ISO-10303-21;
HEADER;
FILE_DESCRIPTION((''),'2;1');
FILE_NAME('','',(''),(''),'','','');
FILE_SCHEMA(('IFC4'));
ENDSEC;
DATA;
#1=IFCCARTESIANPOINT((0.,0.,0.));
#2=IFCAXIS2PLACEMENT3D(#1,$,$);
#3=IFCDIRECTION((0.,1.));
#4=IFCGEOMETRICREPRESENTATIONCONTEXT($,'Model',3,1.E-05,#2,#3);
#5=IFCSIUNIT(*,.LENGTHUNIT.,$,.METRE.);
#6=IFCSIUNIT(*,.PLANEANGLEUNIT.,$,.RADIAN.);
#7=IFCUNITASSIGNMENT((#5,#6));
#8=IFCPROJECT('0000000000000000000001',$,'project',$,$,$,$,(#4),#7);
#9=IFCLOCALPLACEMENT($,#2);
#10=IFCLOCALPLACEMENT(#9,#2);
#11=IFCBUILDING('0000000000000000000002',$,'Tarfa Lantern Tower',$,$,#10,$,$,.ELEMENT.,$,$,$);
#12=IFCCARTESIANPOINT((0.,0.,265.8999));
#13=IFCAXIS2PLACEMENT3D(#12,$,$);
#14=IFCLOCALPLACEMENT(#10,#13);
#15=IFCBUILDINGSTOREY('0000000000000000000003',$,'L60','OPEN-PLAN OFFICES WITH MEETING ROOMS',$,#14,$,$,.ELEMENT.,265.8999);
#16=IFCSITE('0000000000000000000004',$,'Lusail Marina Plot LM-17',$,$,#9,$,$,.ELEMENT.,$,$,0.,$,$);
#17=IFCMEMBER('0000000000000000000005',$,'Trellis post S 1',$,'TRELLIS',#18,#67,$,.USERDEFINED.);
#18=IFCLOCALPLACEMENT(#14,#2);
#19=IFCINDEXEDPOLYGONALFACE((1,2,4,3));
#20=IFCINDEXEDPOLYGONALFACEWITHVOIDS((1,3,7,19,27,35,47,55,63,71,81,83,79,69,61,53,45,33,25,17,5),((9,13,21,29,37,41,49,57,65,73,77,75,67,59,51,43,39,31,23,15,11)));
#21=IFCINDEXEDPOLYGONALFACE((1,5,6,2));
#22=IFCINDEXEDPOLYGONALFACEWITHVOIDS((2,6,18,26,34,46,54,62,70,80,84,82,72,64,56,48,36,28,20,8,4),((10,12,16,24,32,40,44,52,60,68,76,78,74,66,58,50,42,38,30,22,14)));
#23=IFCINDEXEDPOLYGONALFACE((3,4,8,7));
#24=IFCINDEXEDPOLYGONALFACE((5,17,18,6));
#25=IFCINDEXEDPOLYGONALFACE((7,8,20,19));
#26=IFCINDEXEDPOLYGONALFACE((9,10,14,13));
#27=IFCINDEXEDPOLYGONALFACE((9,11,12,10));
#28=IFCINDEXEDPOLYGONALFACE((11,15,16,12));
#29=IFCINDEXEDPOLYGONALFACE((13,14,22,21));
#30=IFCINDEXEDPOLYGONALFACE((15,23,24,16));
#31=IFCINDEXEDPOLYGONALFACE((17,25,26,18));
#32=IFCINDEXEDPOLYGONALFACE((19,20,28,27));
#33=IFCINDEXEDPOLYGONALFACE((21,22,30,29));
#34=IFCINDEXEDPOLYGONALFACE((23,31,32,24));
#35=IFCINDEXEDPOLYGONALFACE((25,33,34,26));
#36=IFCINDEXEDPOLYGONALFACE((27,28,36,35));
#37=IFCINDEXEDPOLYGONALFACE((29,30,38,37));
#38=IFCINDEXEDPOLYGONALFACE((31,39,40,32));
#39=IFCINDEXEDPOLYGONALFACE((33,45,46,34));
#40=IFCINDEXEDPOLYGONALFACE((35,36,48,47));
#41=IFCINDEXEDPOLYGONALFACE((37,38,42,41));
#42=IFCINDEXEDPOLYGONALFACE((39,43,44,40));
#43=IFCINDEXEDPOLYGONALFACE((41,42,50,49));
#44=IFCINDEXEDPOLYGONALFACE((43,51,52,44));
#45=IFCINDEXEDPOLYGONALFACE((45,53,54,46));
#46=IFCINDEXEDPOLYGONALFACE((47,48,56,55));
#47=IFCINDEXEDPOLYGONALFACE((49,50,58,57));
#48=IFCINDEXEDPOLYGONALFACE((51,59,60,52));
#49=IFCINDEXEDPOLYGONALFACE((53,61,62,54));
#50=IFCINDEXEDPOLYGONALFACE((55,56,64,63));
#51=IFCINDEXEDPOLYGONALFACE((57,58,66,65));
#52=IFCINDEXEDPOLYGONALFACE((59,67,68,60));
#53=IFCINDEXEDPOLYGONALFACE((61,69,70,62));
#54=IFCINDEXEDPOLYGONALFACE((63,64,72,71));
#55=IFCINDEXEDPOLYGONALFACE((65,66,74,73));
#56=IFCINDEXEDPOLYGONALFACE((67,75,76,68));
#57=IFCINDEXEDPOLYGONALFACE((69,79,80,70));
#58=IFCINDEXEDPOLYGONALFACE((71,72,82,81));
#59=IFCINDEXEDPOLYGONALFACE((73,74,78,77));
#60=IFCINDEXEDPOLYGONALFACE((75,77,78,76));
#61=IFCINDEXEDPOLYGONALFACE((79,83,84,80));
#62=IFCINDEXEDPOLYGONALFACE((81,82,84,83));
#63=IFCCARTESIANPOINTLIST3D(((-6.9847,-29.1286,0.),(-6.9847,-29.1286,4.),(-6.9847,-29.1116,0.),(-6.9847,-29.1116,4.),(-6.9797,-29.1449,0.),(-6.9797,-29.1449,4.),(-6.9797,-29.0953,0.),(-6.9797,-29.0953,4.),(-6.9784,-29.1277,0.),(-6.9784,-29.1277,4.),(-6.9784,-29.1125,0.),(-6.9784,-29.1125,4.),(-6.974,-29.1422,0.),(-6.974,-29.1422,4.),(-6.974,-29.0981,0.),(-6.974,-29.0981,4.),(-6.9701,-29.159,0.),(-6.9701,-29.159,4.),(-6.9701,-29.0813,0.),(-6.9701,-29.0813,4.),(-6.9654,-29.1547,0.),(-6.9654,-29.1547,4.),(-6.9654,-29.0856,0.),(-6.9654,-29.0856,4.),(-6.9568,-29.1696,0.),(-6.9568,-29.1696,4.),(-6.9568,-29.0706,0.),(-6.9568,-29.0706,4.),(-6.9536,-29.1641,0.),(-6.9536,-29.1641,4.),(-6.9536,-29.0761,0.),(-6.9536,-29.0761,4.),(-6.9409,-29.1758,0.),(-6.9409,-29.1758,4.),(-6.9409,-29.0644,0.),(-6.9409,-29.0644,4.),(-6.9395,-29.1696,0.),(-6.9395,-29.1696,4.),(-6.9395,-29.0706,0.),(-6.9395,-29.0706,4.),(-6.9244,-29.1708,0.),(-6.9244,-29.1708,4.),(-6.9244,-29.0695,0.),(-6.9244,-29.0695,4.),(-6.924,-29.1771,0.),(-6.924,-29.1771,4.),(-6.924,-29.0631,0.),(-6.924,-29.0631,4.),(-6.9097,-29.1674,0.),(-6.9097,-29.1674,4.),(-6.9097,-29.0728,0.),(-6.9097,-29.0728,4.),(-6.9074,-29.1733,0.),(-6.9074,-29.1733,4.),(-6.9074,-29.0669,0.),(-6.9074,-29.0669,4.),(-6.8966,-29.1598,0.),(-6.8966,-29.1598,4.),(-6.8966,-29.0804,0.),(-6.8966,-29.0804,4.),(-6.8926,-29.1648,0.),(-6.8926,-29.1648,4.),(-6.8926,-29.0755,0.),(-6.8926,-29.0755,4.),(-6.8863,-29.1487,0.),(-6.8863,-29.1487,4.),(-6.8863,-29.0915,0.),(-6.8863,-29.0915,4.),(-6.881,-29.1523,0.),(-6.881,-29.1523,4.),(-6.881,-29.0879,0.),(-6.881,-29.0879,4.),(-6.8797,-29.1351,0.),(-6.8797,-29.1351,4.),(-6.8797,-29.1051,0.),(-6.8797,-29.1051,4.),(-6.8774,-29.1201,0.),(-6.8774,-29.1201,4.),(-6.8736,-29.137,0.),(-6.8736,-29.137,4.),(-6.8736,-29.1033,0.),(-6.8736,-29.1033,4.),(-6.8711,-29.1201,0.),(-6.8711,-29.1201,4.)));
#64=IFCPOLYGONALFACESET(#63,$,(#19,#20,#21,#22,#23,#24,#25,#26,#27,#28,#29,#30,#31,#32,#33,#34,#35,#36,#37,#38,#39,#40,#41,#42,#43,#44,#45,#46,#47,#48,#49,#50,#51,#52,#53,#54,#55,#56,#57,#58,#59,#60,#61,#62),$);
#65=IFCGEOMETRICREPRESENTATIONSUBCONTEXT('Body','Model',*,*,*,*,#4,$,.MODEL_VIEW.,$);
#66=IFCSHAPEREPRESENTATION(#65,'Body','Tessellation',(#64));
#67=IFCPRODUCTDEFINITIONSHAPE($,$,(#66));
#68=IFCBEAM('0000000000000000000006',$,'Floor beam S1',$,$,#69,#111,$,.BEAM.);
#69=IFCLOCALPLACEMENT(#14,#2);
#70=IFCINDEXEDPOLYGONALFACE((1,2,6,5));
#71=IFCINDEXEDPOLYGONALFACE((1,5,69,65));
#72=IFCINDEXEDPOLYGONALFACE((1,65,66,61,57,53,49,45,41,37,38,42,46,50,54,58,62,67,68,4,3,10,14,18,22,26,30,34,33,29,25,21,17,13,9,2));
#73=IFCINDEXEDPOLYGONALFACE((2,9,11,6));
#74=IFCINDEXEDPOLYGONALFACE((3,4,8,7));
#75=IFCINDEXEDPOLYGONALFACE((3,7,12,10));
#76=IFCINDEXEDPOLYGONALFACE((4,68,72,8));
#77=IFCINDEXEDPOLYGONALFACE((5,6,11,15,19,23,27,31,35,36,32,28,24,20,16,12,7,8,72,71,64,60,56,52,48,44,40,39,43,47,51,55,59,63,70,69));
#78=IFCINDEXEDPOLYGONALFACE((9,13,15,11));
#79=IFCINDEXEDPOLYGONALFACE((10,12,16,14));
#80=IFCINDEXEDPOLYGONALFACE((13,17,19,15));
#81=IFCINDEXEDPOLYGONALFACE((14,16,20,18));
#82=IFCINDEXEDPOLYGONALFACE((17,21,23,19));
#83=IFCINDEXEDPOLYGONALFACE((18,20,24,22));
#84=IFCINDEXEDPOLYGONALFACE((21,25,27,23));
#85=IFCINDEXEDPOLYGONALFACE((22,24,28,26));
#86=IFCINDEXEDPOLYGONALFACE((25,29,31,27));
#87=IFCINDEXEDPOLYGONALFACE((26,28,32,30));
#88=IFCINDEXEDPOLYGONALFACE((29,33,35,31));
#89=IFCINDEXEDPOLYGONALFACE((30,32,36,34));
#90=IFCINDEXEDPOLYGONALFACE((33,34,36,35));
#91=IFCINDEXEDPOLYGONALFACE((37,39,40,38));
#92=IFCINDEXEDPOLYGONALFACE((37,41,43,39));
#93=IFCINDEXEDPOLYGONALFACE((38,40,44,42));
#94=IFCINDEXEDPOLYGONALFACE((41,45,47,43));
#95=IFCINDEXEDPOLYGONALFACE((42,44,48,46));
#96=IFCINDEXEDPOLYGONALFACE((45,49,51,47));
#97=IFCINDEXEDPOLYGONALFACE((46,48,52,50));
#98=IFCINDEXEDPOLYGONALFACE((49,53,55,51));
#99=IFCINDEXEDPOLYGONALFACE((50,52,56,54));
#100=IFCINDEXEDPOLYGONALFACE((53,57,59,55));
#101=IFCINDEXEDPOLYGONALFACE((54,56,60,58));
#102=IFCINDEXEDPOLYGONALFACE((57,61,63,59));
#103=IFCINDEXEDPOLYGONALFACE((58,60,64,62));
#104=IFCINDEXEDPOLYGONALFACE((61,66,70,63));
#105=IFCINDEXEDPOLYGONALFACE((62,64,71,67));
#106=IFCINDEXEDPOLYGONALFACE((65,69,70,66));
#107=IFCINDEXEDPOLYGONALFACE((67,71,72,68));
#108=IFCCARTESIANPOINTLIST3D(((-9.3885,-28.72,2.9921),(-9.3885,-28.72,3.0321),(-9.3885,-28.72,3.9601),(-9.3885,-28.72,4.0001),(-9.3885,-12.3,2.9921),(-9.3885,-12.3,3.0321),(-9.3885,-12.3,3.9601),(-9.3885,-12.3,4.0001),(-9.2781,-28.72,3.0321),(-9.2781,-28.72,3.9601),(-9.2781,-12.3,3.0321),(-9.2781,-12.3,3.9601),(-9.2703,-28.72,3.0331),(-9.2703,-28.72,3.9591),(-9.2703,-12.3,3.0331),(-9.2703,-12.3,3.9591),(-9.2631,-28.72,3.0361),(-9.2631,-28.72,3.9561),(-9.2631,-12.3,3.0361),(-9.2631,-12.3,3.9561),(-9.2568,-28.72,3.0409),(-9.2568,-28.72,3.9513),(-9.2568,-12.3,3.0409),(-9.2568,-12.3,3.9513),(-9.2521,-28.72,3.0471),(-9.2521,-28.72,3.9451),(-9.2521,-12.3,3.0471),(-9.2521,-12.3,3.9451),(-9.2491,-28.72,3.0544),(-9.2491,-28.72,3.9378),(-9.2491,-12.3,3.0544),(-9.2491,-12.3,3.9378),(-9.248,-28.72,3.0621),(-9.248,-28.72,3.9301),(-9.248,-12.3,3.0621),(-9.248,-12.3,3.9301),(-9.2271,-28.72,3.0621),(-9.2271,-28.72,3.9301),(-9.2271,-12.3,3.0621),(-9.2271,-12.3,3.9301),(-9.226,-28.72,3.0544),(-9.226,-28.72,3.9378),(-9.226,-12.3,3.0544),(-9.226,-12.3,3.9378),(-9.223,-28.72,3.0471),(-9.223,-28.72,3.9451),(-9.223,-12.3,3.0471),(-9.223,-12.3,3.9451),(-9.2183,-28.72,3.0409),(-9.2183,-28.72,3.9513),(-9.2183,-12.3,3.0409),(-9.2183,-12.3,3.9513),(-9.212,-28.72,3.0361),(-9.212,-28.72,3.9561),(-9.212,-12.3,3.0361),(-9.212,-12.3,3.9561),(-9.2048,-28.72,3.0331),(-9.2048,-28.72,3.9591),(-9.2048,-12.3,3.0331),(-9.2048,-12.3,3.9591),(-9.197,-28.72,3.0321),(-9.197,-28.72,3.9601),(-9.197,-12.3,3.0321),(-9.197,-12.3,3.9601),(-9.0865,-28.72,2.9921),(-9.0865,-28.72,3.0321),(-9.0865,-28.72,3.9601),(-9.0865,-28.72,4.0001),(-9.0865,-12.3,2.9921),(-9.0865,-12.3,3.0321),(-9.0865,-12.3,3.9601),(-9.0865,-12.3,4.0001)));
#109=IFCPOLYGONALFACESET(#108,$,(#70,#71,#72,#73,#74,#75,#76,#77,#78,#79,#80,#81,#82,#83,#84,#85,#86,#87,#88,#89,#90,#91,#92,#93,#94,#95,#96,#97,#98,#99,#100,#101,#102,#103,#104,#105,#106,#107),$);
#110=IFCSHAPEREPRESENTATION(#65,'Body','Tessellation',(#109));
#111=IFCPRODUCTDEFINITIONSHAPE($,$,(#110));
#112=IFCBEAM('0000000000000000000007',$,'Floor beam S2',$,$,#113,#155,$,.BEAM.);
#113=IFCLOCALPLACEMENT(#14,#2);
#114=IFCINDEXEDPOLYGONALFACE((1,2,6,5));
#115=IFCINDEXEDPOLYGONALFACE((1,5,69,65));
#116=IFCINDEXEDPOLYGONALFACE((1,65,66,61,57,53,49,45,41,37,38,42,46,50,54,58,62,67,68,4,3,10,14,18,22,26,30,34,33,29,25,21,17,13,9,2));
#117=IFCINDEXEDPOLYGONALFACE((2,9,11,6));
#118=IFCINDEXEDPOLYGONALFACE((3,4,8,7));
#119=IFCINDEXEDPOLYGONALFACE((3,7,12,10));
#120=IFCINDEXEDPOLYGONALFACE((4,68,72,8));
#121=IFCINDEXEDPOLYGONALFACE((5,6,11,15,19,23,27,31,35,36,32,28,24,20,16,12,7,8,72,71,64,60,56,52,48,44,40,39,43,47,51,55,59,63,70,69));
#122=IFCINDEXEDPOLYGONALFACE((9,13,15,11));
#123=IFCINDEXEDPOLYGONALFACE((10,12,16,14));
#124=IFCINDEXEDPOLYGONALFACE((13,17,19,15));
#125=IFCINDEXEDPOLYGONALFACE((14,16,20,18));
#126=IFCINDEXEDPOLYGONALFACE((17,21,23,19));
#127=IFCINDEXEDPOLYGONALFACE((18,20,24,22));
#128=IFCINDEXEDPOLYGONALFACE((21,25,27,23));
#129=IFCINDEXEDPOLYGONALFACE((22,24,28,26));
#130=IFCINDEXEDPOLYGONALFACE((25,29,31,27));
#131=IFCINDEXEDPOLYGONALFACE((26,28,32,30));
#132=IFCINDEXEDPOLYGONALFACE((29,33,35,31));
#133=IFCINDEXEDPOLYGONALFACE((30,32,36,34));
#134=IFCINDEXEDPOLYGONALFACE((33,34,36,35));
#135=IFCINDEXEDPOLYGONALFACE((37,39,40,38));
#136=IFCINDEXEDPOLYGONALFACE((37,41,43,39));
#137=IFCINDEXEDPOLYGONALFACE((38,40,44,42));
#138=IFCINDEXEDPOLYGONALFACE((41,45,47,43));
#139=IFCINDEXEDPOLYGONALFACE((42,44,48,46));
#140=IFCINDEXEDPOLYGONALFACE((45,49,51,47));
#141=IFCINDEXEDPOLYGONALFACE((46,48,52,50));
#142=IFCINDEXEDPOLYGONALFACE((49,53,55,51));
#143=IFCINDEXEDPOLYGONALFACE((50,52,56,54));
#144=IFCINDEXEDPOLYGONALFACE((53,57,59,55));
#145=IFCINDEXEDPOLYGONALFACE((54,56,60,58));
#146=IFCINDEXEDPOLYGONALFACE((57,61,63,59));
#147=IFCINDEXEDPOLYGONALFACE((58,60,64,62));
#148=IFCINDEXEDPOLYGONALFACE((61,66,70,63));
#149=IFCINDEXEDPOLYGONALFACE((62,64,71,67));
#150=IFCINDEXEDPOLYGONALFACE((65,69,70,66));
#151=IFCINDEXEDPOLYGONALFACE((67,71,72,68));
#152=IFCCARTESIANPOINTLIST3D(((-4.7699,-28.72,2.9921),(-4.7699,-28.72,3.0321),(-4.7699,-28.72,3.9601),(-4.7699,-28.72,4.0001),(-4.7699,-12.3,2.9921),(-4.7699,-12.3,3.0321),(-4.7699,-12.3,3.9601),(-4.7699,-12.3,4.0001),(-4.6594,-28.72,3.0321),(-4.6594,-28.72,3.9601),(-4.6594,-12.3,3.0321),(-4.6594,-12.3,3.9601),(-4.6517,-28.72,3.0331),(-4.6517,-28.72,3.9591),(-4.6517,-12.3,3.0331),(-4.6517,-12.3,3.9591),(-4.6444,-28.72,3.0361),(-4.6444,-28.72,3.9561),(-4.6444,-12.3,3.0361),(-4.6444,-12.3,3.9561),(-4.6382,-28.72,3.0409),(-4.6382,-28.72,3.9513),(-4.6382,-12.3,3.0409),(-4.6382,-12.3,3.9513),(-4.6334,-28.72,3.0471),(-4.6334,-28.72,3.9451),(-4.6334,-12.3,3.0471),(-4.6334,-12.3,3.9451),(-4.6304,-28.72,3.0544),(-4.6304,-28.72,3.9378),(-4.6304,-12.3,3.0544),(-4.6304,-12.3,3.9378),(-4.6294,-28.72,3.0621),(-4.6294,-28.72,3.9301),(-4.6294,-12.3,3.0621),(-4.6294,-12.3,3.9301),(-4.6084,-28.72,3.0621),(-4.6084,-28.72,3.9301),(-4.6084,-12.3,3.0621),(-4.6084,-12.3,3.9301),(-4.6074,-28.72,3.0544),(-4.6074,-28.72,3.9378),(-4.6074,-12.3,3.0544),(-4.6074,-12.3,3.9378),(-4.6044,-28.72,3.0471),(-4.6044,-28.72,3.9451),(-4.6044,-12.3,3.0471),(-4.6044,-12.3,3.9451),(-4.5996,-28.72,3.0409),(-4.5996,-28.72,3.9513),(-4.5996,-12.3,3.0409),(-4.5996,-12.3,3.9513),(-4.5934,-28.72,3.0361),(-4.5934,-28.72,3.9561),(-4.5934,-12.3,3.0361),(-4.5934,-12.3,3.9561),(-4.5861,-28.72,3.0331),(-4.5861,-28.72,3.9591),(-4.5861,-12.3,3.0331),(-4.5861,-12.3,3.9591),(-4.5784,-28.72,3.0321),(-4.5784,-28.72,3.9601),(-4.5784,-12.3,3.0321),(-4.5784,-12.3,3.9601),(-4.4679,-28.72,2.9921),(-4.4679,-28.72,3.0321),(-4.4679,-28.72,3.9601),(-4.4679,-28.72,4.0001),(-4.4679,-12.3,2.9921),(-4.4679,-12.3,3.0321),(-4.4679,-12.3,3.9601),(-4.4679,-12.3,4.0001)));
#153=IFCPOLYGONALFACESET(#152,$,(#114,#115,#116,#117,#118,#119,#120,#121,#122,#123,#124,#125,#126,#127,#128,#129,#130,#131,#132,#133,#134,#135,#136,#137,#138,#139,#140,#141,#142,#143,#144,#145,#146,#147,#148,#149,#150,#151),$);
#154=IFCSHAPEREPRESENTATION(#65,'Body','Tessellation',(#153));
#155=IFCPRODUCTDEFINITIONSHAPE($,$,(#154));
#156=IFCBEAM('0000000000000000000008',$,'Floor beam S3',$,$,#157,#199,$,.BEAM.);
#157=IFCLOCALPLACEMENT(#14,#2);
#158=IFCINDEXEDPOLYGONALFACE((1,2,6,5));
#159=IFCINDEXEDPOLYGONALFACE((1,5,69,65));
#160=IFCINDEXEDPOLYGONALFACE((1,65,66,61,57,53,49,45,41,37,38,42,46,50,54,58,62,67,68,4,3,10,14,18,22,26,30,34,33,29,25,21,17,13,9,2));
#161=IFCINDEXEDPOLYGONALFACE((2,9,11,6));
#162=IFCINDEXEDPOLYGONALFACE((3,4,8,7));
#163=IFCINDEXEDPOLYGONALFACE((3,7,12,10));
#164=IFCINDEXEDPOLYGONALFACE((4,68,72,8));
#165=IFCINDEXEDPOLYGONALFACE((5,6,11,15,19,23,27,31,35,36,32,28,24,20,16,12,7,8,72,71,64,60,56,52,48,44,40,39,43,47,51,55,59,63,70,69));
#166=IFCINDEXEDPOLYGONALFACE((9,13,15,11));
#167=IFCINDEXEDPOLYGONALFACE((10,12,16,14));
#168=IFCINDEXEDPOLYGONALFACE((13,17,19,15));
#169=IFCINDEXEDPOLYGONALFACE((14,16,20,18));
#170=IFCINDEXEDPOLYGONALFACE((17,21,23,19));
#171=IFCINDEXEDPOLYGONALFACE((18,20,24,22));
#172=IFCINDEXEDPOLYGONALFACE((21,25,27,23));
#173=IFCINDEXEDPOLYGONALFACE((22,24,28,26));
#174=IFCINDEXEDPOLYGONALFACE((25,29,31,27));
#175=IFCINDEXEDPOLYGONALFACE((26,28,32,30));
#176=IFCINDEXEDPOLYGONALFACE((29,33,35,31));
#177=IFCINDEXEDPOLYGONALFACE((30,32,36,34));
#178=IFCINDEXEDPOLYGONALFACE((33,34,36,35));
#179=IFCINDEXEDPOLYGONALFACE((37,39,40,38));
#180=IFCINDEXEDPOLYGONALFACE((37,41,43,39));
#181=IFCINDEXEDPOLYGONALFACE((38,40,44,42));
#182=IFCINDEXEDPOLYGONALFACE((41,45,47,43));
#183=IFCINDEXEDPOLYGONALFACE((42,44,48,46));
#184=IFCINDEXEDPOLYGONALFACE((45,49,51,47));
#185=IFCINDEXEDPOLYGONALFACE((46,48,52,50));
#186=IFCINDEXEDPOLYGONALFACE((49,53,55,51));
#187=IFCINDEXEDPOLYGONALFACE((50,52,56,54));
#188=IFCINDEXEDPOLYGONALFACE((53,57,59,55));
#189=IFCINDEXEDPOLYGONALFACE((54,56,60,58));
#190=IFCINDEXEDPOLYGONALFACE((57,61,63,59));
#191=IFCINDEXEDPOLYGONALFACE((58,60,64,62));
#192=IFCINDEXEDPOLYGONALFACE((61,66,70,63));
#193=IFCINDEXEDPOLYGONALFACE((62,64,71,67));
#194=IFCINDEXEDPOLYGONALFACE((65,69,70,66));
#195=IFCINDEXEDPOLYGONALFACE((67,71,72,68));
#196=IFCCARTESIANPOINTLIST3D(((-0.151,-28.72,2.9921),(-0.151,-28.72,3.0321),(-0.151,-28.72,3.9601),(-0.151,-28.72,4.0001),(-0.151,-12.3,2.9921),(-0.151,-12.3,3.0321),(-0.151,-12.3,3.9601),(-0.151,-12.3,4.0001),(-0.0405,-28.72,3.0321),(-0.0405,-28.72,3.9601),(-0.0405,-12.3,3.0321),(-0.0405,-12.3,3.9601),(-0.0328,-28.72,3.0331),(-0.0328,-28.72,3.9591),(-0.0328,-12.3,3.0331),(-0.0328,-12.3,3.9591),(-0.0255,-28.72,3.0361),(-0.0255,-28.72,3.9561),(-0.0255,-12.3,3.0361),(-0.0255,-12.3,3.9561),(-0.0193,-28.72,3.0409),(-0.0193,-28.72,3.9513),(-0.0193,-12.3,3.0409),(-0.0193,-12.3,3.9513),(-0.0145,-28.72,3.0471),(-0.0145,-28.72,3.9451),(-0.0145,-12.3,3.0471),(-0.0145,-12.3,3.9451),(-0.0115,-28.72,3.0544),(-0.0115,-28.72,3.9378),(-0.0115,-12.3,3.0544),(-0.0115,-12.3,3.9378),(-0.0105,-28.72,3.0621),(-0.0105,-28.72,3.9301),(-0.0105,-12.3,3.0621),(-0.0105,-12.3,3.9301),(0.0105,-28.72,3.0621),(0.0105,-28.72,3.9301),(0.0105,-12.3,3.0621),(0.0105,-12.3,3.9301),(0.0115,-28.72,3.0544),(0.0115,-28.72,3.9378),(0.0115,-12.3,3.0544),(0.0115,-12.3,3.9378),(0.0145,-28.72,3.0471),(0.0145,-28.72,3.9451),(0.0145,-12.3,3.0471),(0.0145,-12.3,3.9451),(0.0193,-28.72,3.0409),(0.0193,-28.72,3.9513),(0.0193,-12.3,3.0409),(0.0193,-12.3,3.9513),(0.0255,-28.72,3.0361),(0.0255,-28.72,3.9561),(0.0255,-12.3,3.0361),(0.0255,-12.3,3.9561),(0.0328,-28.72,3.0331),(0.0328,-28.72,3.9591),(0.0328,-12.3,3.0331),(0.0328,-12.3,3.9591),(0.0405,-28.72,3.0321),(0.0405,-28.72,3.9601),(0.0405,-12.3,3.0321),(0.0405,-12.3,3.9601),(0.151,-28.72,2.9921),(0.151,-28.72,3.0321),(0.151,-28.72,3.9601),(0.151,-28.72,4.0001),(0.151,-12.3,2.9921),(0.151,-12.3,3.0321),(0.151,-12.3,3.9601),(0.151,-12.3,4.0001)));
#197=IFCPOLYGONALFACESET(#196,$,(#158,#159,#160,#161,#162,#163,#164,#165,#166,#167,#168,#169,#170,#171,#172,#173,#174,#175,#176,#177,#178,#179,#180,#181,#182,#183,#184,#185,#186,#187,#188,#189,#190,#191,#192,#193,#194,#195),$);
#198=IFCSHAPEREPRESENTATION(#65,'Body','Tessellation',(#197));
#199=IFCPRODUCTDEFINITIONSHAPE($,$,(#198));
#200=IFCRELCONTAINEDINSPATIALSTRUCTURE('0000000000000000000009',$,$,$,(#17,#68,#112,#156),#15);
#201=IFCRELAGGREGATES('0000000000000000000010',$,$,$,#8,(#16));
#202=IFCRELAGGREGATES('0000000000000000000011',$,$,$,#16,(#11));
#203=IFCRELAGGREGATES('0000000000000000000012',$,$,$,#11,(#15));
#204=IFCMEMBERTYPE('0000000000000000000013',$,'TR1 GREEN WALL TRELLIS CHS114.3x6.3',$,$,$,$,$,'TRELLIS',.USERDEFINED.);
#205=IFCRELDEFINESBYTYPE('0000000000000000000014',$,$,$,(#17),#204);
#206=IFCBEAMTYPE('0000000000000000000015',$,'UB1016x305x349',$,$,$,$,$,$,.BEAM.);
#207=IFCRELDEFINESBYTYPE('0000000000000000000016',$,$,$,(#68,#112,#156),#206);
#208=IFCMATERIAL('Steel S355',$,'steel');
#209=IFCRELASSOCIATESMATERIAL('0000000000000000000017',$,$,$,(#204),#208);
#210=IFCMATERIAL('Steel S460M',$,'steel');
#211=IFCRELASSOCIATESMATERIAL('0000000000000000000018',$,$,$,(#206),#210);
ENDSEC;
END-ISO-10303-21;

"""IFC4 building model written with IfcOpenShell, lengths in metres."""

from ifc_helpers import new_model, si_unit, direction, frame, origin, origin_2d, place, context, subcontext, project, spatial, hollow_circle, i_section, extrude, material, material_profile, profile_set, type_object, element, save


model = new_model("IFC4")

# Units and contexts
model_context = context("Model", 3, precision=1e-05, world=origin(), true_north=direction((0.0, 1.0)))
body_context = subcontext(model_context, "Body", "Model", "MODEL_VIEW")
ifc_project = project(units=[si_unit("LENGTHUNIT", "METRE"), si_unit("PLANEANGLEUNIT", "RADIAN")], contexts=[model_context])

# Site, building, storey
site_placement = place(None, origin())
site = spatial("IfcSite", under=ifc_project, at=site_placement, Name="Lusail Marina Plot LM-17", CompositionType="ELEMENT", RefElevation=0.0)
building_placement = place(site_placement, origin())
building = spatial("IfcBuilding", under=site, at=building_placement, Name="Tarfa Lantern Tower", CompositionType="ELEMENT")
storey_placement = place(building_placement, frame((0.0, 0.0, 265.8999)))
storey = spatial("IfcBuildingStorey", under=building, at=storey_placement, Name="L60", Description="OPEN-PLAN OFFICES WITH MEETING ROOMS", CompositionType="ELEMENT", Elevation=265.8999)

# Member
ifc_material_1 = material(Name="Steel S355", Category="steel")
ifc_material_profile_1 = material_profile(ifc_material_1, hollow_circle(Radius=0.0571, WallThickness=0.0063, at=origin_2d()), Name="CHS114.3x6.3")
ifc_profile_set_1 = profile_set([ifc_material_profile_1], Name="Steel S355")
member_type_1 = type_object("IfcMemberType", Name="TR1 GREEN WALL TRELLIS CHS114.3x6.3", ElementType="TRELLIS", PredefinedType="USERDEFINED", material=ifc_profile_set_1)
member_1_placement = place(storey_placement, frame((-6.9282, -29.1201, 0.0), z_axis=(0.0, 0.0, 1.0), x_axis=(1.0, 0.0, 0.0)))
element("IfcMember", 1, at=member_1_placement, inside=storey, type_object=member_type_1, Name="Trellis post S 1", ObjectType="TRELLIS", PredefinedType="USERDEFINED", context=body_context, shape_type="SweptSolid", body=[
    extrude(hollow_circle(Radius=0.0571, WallThickness=0.0063, at=origin_2d()), origin(), (0.0, 0.0, 1.0), 4.0),
])

# Beams
ifc_material_2 = material(Name="Steel S460M", Category="steel")
ifc_material_profile_2 = material_profile(ifc_material_2, i_section(OverallWidth=0.302, OverallDepth=1.0081, WebThickness=0.021, FlangeThickness=0.04, FilletRadius=0.03, at=origin_2d()), Name="UB1016x305x349")
ifc_profile_set_2 = profile_set([ifc_material_profile_2], Name="Steel S460M")
beam_type_1 = type_object("IfcBeamType", Name="UB1016x305x349", PredefinedType="BEAM", material=ifc_profile_set_2)
for number, where, z_axis, x_axis, name in (
    (2, (-9.2375, -28.72, 3.4961), (0.0, 1.0, 0.0), (-1.0, 0.0, 0.0), "Floor beam S1"),
    (3, (-4.6189, -28.72, 3.4961), (0.0, 1.0, 0.0), (-1.0, 0.0, 0.0), "Floor beam S2"),
    (4, (0.0, -28.72, 3.4961), (0.0, 1.0, 0.0), (-1.0, 0.0, 0.0), "Floor beam S3"),
):
    element("IfcBeam", number, at=place(storey_placement, frame(where, z_axis=z_axis, x_axis=x_axis)), inside=storey, type_object=beam_type_1, Name=name, PredefinedType="BEAM", context=body_context, shape_type="SweptSolid", body=[
        extrude(i_section(OverallWidth=0.302, OverallDepth=1.0081, WebThickness=0.021, FlangeThickness=0.04, FilletRadius=0.03, at=origin_2d()), origin(), (0.0, 0.0, 1.0), 16.4199),
    ])

save(model, "model.ifc")
